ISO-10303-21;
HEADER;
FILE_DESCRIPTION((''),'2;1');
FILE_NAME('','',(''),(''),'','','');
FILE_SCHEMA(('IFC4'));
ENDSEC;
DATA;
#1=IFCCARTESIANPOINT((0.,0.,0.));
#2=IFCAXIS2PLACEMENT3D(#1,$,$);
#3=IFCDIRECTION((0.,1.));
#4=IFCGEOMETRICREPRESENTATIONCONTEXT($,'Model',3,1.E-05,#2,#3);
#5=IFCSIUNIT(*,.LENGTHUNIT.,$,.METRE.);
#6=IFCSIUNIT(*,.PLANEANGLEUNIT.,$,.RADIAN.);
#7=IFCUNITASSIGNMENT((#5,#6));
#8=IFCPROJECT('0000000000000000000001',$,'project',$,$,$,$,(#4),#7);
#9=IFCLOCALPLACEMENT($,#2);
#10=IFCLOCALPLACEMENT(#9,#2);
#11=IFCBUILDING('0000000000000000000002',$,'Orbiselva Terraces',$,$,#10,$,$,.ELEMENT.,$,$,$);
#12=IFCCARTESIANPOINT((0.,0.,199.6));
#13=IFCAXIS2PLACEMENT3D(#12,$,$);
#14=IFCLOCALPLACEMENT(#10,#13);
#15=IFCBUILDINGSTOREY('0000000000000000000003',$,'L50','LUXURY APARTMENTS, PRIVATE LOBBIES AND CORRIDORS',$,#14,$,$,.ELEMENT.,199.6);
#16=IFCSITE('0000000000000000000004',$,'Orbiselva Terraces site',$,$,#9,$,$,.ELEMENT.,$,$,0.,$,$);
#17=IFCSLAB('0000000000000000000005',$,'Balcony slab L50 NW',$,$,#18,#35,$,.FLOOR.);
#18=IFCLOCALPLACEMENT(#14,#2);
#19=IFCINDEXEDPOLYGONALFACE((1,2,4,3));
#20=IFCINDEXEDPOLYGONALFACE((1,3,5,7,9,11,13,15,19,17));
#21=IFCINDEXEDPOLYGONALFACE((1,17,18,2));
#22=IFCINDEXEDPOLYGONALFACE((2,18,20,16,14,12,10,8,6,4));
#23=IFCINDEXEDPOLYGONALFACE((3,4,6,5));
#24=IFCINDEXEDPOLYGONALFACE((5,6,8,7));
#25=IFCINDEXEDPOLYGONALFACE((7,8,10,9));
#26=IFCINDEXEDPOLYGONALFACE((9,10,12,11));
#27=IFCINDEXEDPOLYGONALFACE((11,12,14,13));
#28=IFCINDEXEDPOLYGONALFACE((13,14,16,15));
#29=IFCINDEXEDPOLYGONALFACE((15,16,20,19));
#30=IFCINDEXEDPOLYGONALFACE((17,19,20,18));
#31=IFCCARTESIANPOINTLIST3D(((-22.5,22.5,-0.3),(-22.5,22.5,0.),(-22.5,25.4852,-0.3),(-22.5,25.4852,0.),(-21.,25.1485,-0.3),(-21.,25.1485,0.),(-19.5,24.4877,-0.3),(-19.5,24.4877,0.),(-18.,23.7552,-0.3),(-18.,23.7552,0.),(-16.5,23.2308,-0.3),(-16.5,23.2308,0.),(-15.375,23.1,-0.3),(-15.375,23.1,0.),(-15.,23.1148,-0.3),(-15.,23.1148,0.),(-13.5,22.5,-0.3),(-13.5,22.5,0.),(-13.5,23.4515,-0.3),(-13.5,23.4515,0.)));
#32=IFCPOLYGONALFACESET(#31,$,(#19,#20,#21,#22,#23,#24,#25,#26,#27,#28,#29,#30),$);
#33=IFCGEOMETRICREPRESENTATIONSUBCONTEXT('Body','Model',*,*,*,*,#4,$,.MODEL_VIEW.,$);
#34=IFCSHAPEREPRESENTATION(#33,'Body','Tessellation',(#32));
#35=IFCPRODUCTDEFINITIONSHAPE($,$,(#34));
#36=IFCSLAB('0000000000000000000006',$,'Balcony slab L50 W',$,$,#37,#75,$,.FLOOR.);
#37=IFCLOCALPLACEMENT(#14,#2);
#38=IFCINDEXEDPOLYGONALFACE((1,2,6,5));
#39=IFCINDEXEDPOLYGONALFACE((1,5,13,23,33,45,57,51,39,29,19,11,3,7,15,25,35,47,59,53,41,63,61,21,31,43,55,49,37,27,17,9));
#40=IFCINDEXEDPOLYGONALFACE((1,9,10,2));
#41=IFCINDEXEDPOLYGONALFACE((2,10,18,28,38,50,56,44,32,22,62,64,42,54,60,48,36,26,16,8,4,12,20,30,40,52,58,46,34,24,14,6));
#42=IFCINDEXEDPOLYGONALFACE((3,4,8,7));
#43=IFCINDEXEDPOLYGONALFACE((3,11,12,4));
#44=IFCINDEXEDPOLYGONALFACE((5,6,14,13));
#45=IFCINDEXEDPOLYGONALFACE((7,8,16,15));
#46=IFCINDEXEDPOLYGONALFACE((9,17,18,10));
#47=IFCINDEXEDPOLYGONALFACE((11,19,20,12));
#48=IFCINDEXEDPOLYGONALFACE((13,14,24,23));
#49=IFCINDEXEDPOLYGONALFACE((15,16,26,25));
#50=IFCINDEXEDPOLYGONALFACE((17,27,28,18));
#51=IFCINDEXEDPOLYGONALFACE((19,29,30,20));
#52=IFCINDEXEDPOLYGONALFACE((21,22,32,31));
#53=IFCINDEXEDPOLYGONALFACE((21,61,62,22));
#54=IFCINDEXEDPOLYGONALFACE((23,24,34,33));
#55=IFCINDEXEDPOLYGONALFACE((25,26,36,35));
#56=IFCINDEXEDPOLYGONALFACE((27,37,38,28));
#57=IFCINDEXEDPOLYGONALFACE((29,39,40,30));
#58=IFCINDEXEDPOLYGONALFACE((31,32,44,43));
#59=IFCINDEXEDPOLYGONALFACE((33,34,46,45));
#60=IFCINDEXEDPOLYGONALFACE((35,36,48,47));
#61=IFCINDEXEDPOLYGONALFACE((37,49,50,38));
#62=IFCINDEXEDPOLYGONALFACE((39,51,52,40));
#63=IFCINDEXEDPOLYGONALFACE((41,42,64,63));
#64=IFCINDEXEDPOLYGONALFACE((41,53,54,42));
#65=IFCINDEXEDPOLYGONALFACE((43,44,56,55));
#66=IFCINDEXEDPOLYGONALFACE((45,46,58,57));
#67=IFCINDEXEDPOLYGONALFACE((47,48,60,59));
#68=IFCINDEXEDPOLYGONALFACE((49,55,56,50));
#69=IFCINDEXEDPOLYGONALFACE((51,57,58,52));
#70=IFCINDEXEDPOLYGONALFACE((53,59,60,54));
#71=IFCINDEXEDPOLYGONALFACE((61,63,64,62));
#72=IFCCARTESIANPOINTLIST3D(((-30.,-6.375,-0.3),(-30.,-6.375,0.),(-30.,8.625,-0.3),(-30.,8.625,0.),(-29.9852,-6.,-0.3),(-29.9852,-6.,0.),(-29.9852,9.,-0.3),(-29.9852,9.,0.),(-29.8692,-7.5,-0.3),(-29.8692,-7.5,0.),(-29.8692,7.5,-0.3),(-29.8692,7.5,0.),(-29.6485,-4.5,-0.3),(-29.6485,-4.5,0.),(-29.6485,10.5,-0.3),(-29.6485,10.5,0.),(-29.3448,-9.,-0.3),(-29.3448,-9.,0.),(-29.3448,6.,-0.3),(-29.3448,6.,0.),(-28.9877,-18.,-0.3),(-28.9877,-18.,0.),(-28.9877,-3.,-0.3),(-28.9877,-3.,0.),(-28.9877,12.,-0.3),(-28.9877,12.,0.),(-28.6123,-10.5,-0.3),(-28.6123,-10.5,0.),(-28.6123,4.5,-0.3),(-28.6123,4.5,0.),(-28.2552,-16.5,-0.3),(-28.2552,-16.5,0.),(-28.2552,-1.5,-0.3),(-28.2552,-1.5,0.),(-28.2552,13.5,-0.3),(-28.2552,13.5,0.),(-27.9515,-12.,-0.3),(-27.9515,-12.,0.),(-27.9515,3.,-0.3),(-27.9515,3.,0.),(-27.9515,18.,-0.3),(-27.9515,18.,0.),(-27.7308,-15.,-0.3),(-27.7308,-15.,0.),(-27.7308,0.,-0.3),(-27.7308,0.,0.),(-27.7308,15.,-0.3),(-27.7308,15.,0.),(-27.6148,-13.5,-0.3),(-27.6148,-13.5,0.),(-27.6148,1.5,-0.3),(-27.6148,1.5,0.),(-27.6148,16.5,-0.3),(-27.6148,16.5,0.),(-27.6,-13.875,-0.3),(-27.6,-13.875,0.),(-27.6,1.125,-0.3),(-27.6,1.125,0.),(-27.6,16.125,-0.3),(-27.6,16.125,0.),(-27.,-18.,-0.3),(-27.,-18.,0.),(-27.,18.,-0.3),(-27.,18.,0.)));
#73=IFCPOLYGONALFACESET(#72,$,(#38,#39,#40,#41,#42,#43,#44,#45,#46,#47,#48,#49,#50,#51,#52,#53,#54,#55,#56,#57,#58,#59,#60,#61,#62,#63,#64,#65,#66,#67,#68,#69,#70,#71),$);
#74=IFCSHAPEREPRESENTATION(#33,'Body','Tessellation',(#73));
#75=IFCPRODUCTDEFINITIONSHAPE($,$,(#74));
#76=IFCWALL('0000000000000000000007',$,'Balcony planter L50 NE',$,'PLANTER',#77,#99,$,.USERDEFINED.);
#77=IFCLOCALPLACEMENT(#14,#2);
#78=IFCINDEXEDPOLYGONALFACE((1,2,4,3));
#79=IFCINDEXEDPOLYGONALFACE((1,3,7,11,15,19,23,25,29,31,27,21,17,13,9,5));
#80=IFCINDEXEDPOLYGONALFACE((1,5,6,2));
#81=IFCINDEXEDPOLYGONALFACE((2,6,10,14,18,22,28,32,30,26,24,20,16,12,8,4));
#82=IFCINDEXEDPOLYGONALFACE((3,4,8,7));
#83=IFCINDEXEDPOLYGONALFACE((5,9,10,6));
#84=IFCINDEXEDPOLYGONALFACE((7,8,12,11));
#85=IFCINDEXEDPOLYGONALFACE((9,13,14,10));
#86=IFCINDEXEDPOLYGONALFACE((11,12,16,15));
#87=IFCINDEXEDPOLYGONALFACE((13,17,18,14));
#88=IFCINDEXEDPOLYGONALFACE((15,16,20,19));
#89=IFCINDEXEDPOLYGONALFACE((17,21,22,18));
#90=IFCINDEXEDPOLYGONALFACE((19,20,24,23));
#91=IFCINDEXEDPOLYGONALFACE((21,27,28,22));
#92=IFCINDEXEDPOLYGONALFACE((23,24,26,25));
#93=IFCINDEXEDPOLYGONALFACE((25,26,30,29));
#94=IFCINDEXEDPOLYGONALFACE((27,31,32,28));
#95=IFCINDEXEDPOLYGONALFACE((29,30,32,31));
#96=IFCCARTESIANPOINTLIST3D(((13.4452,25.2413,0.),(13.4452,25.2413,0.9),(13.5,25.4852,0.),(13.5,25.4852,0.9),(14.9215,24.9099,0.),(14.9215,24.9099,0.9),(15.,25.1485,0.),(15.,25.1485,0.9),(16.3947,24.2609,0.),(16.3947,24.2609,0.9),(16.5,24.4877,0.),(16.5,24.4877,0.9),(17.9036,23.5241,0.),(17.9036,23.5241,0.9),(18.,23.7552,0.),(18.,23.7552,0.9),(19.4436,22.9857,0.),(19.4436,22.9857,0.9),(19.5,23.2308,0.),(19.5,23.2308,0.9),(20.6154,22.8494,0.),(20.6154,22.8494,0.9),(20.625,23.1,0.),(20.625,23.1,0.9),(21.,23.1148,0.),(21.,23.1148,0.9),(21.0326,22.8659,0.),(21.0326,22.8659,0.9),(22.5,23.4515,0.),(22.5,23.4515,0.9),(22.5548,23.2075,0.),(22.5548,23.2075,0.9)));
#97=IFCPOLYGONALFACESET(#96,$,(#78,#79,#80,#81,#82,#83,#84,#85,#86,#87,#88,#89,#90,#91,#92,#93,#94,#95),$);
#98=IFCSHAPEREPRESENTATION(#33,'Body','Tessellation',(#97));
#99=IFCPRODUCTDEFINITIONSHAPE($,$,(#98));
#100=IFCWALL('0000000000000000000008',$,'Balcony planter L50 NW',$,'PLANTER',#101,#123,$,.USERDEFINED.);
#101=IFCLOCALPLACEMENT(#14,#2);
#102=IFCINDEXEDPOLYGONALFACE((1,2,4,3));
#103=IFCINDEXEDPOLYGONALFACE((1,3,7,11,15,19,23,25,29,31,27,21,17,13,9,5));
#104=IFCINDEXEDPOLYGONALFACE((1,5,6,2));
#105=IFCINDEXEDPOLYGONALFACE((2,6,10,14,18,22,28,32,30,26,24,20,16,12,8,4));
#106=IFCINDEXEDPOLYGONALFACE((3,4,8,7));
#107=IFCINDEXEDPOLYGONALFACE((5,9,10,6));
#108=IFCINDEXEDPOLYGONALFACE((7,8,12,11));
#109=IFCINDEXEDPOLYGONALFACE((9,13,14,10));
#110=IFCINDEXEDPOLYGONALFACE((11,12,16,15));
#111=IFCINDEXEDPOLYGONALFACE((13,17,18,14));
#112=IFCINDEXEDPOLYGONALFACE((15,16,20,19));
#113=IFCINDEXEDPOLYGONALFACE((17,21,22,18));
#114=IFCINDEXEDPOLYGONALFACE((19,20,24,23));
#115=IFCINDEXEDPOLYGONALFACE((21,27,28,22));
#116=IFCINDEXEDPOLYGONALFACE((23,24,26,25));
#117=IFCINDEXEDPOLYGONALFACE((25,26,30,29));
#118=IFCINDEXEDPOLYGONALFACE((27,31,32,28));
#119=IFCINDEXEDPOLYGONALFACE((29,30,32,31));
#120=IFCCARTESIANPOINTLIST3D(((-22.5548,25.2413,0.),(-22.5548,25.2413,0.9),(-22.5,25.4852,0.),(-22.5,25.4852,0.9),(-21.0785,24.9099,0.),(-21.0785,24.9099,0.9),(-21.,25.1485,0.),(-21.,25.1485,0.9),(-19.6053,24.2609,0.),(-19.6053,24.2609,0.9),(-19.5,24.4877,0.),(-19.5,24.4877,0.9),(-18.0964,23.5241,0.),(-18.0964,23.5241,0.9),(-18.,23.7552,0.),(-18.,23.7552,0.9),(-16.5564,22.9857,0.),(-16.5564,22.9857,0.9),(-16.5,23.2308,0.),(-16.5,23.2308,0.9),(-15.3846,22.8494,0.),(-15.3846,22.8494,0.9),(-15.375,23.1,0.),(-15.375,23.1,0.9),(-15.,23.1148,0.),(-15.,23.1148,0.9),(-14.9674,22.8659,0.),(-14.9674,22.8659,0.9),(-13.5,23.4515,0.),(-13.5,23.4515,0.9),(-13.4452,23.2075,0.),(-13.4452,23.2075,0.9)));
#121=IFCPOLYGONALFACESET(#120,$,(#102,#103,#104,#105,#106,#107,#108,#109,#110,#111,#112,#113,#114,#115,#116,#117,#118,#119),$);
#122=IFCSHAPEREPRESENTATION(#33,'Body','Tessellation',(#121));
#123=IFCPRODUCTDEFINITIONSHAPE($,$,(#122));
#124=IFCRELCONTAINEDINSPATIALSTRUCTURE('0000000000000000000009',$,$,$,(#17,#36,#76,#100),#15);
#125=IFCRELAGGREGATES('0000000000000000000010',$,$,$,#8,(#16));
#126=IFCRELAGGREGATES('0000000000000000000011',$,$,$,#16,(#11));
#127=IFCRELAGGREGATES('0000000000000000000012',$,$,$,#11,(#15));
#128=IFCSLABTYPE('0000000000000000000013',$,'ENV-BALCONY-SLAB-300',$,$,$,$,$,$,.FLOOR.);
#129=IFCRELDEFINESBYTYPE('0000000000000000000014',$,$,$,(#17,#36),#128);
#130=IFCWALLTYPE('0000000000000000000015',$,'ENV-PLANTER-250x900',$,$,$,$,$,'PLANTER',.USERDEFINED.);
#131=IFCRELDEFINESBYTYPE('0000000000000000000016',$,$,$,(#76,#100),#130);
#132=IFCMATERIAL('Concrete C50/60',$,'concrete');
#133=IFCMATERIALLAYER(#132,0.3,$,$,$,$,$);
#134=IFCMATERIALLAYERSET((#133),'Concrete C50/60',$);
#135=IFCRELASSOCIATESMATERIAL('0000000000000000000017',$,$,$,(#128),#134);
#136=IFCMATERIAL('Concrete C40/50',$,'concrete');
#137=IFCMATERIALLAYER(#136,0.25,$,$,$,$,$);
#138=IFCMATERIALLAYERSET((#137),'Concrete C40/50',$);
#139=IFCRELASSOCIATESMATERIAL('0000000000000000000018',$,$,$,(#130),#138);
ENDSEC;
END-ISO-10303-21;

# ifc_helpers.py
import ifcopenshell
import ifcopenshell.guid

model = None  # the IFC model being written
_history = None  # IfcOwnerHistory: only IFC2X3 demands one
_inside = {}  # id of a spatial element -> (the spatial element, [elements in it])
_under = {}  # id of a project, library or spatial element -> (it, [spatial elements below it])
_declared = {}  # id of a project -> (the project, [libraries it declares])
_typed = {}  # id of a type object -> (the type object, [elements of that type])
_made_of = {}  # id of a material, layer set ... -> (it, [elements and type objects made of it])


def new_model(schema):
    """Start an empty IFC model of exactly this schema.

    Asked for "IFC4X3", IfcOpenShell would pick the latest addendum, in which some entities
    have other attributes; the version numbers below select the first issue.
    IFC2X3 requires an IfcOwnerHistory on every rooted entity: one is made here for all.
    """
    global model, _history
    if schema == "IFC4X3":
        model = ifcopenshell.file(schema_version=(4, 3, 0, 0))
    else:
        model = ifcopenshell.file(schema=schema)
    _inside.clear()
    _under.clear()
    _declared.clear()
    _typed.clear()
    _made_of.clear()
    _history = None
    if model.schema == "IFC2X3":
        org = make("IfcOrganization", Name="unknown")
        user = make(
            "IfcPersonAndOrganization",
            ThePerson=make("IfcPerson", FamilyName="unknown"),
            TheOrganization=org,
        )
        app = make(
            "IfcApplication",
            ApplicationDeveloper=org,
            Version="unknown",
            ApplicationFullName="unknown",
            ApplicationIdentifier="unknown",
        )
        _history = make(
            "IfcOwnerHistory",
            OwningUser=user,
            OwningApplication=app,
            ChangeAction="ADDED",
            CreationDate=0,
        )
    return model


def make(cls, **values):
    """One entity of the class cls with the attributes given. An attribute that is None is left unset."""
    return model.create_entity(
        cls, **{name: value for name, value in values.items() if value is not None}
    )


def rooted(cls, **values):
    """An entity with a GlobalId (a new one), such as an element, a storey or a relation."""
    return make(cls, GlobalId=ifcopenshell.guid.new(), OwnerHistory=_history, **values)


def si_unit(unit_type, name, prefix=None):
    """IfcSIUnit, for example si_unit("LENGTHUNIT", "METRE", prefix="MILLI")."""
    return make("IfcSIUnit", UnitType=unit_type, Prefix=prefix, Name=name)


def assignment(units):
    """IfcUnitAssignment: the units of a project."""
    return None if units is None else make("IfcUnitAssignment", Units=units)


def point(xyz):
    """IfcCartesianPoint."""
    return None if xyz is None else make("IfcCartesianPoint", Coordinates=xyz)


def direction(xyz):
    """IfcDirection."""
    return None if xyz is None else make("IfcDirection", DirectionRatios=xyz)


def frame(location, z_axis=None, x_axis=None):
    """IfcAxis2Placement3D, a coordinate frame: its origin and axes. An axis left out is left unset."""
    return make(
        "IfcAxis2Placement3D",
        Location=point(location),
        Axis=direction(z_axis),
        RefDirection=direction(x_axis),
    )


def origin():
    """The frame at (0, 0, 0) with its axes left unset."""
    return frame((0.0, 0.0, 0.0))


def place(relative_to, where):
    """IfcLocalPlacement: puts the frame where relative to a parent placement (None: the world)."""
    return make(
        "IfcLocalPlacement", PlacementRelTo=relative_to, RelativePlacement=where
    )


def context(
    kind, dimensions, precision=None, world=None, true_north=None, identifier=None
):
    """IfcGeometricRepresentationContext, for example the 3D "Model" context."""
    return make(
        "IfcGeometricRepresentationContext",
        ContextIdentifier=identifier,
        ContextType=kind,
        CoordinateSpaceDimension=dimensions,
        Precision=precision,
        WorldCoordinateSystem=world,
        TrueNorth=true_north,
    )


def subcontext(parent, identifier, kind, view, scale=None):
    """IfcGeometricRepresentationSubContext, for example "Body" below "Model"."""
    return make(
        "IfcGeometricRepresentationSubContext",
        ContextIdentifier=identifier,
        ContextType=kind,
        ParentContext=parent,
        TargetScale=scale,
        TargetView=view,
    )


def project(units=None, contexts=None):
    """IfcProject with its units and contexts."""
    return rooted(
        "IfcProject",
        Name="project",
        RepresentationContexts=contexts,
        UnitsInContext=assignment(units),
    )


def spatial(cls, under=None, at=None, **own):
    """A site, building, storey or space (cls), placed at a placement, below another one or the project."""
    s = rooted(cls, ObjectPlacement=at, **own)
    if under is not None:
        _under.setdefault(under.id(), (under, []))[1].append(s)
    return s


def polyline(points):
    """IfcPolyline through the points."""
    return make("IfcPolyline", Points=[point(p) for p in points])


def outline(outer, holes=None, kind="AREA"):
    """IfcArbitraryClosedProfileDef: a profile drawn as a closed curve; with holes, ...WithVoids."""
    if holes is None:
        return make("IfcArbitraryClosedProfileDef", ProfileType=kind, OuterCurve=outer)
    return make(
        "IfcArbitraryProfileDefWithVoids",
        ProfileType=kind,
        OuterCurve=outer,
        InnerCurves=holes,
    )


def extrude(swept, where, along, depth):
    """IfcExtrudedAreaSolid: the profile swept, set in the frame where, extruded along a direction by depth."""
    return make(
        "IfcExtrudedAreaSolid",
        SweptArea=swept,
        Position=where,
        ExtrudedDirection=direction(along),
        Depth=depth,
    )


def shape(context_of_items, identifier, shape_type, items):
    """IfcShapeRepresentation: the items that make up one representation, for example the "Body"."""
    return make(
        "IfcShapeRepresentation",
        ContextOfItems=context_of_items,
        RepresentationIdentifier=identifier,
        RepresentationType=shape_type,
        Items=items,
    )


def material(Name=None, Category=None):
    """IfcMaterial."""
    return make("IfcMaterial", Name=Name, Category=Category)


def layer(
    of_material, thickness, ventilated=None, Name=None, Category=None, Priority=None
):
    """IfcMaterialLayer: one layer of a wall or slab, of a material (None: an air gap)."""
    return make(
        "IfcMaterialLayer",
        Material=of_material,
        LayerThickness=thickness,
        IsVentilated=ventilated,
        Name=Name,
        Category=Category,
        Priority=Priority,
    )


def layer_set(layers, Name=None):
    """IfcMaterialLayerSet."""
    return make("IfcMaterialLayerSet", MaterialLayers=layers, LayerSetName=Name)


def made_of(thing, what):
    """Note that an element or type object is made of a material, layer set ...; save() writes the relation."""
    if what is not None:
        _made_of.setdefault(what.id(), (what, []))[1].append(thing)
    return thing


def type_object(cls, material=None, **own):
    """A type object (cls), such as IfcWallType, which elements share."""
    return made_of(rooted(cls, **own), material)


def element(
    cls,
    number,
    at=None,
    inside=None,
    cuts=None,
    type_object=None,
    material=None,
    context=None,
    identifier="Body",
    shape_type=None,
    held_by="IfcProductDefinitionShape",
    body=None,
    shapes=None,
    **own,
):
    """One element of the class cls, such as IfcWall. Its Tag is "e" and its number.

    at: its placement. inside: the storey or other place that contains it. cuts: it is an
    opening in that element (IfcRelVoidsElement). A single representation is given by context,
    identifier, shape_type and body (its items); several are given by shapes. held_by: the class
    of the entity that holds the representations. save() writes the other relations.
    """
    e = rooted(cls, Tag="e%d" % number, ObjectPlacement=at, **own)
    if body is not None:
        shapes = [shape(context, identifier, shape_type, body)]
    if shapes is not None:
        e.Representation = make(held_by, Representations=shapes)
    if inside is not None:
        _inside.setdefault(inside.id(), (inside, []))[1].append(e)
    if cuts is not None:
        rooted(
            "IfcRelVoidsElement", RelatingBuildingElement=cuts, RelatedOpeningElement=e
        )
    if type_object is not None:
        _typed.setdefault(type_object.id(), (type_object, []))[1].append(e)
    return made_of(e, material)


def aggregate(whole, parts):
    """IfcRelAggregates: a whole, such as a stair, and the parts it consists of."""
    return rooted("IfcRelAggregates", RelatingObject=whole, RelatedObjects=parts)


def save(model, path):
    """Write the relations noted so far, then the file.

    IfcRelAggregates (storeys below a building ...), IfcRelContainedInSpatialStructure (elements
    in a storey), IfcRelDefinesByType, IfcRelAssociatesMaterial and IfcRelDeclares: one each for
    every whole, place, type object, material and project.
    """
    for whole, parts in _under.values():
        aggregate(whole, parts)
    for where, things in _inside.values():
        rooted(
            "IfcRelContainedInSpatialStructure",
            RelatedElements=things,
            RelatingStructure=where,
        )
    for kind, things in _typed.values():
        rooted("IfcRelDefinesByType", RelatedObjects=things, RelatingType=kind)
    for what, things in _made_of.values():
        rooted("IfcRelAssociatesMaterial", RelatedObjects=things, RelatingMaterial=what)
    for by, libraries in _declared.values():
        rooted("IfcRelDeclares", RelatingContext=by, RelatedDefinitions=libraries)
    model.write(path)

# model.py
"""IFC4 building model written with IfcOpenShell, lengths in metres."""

from ifc_helpers import new_model, si_unit, direction, frame, origin, place, context, subcontext, project, spatial, polyline, outline, extrude, material, layer, layer_set, type_object, element, save


model = new_model("IFC4")

# Units and contexts
model_context = context("Model", 3, precision=1e-05, world=origin(), true_north=direction((0.0, 1.0)))
body_context = subcontext(model_context, "Body", "Model", "MODEL_VIEW")
ifc_project = project(units=[si_unit("LENGTHUNIT", "METRE"), si_unit("PLANEANGLEUNIT", "RADIAN")], contexts=[model_context])

# Site, building, storey
site_placement = place(None, origin())
site = spatial("IfcSite", under=ifc_project, at=site_placement, Name="Orbiselva Terraces site", CompositionType="ELEMENT", RefElevation=0.0)
building_placement = place(site_placement, origin())
building = spatial("IfcBuilding", under=site, at=building_placement, Name="Orbiselva Terraces", CompositionType="ELEMENT")
storey_placement = place(building_placement, frame((0.0, 0.0, 199.6)))
storey = spatial("IfcBuildingStorey", under=building, at=storey_placement, Name="L50", Description="LUXURY APARTMENTS, PRIVATE LOBBIES AND CORRIDORS", CompositionType="ELEMENT", Elevation=199.6)

# Shared definitions
ifc_material_1 = material(Name="Concrete C40/50", Category="concrete")

# Slabs
ifc_material_2 = material(Name="Concrete C50/60", Category="concrete")
ifc_layer_1 = layer(ifc_material_2, 0.3)
ifc_layer_set_1 = layer_set([ifc_layer_1], Name="Concrete C50/60")
slab_type_1 = type_object("IfcSlabType", Name="ENV-BALCONY-SLAB-300", PredefinedType="FLOOR", material=ifc_layer_set_1)
slab_1_placement = place(storey_placement, frame((0.0, 0.0, -0.3)))
element("IfcSlab", 1, at=slab_1_placement, inside=storey, type_object=slab_type_1, Name="Balcony slab L50 NW", PredefinedType="FLOOR", context=body_context, shape_type="SweptSolid", body=[
    extrude(outline(polyline([(-13.5, 23.4515), (-15.0, 23.1148), (-15.375, 23.1), (-16.5, 23.2308), (-18.0, 23.7552), (-19.5, 24.4877), (-21.0, 25.1485), (-22.5, 25.4852), (-22.5, 22.5), (-13.5, 22.5), (-13.5, 23.4515)])), origin(), (0.0, 0.0, 1.0), 0.3),
])
slab_2_placement = place(storey_placement, frame((0.0, 0.0, -0.3)))
element("IfcSlab", 2, at=slab_2_placement, inside=storey, type_object=slab_type_1, Name="Balcony slab L50 W", PredefinedType="FLOOR", context=body_context, shape_type="SweptSolid", body=[
    extrude(outline(polyline([(-27.9515, 18.0), (-27.6148, 16.5), (-27.6, 16.125), (-27.7308, 15.0), (-28.2552, 13.5), (-28.9877, 12.0), (-29.6485, 10.5), (-29.9852, 9.0), (-30.0, 8.625), (-29.8692, 7.5), (-29.3448, 6.0), (-28.6123, 4.5), (-27.9515, 3.0), (-27.6148, 1.5), (-27.6, 1.125), (-27.7308, 0.0), (-28.2552, -1.5), (-28.9877, -3.0), (-29.6485, -4.5), (-29.9852, -6.0), (-30.0, -6.375), (-29.8692, -7.5), (-29.3448, -9.0), (-28.6123, -10.5), (-27.9515, -12.0), (-27.6148, -13.5), (-27.6, -13.875), (-27.7308, -15.0), (-28.2552, -16.5), (-28.9877, -18.0), (-27.0, -18.0), (-27.0, 18.0), (-27.9515, 18.0)])), origin(), (0.0, 0.0, 1.0), 0.3),
])

# Walls
ifc_layer_2 = layer(ifc_material_1, 0.25)
ifc_layer_set_2 = layer_set([ifc_layer_2], Name="Concrete C40/50")
wall_type_1 = type_object("IfcWallType", Name="ENV-PLANTER-250x900", ElementType="PLANTER", PredefinedType="USERDEFINED", material=ifc_layer_set_2)
wall_1_placement = place(storey_placement, origin())
element("IfcWall", 3, at=wall_1_placement, inside=storey, type_object=wall_type_1, Name="Balcony planter L50 NE", ObjectType="PLANTER", PredefinedType="USERDEFINED", context=body_context, shape_type="SweptSolid", body=[
    extrude(outline(polyline([(22.5, 23.4515), (21.0, 23.1148), (20.625, 23.1), (19.5, 23.2308), (18.0, 23.7552), (16.5, 24.4877), (15.0, 25.1485), (13.5, 25.4852), (13.4452, 25.2413), (14.9215, 24.9099), (16.3947, 24.2609), (17.9036, 23.5241), (19.4436, 22.9857), (20.6154, 22.8494), (21.0326, 22.8659), (22.5548, 23.2075), (22.5, 23.4515)])), origin(), (0.0, 0.0, 1.0), 0.9),
])
wall_2_placement = place(storey_placement, origin())
element("IfcWall", 4, at=wall_2_placement, inside=storey, type_object=wall_type_1, Name="Balcony planter L50 NW", ObjectType="PLANTER", PredefinedType="USERDEFINED", context=body_context, shape_type="SweptSolid", body=[
    extrude(outline(polyline([(-13.5, 23.4515), (-15.0, 23.1148), (-15.375, 23.1), (-16.5, 23.2308), (-18.0, 23.7552), (-19.5, 24.4877), (-21.0, 25.1485), (-22.5, 25.4852), (-22.5548, 25.2413), (-21.0785, 24.9099), (-19.6053, 24.2609), (-18.0964, 23.5241), (-16.5564, 22.9857), (-15.3846, 22.8494), (-14.9674, 22.8659), (-13.4452, 23.2075), (-13.5, 23.4515)])), origin(), (0.0, 0.0, 1.0), 0.9),
])

save(model, "model.ifc")
